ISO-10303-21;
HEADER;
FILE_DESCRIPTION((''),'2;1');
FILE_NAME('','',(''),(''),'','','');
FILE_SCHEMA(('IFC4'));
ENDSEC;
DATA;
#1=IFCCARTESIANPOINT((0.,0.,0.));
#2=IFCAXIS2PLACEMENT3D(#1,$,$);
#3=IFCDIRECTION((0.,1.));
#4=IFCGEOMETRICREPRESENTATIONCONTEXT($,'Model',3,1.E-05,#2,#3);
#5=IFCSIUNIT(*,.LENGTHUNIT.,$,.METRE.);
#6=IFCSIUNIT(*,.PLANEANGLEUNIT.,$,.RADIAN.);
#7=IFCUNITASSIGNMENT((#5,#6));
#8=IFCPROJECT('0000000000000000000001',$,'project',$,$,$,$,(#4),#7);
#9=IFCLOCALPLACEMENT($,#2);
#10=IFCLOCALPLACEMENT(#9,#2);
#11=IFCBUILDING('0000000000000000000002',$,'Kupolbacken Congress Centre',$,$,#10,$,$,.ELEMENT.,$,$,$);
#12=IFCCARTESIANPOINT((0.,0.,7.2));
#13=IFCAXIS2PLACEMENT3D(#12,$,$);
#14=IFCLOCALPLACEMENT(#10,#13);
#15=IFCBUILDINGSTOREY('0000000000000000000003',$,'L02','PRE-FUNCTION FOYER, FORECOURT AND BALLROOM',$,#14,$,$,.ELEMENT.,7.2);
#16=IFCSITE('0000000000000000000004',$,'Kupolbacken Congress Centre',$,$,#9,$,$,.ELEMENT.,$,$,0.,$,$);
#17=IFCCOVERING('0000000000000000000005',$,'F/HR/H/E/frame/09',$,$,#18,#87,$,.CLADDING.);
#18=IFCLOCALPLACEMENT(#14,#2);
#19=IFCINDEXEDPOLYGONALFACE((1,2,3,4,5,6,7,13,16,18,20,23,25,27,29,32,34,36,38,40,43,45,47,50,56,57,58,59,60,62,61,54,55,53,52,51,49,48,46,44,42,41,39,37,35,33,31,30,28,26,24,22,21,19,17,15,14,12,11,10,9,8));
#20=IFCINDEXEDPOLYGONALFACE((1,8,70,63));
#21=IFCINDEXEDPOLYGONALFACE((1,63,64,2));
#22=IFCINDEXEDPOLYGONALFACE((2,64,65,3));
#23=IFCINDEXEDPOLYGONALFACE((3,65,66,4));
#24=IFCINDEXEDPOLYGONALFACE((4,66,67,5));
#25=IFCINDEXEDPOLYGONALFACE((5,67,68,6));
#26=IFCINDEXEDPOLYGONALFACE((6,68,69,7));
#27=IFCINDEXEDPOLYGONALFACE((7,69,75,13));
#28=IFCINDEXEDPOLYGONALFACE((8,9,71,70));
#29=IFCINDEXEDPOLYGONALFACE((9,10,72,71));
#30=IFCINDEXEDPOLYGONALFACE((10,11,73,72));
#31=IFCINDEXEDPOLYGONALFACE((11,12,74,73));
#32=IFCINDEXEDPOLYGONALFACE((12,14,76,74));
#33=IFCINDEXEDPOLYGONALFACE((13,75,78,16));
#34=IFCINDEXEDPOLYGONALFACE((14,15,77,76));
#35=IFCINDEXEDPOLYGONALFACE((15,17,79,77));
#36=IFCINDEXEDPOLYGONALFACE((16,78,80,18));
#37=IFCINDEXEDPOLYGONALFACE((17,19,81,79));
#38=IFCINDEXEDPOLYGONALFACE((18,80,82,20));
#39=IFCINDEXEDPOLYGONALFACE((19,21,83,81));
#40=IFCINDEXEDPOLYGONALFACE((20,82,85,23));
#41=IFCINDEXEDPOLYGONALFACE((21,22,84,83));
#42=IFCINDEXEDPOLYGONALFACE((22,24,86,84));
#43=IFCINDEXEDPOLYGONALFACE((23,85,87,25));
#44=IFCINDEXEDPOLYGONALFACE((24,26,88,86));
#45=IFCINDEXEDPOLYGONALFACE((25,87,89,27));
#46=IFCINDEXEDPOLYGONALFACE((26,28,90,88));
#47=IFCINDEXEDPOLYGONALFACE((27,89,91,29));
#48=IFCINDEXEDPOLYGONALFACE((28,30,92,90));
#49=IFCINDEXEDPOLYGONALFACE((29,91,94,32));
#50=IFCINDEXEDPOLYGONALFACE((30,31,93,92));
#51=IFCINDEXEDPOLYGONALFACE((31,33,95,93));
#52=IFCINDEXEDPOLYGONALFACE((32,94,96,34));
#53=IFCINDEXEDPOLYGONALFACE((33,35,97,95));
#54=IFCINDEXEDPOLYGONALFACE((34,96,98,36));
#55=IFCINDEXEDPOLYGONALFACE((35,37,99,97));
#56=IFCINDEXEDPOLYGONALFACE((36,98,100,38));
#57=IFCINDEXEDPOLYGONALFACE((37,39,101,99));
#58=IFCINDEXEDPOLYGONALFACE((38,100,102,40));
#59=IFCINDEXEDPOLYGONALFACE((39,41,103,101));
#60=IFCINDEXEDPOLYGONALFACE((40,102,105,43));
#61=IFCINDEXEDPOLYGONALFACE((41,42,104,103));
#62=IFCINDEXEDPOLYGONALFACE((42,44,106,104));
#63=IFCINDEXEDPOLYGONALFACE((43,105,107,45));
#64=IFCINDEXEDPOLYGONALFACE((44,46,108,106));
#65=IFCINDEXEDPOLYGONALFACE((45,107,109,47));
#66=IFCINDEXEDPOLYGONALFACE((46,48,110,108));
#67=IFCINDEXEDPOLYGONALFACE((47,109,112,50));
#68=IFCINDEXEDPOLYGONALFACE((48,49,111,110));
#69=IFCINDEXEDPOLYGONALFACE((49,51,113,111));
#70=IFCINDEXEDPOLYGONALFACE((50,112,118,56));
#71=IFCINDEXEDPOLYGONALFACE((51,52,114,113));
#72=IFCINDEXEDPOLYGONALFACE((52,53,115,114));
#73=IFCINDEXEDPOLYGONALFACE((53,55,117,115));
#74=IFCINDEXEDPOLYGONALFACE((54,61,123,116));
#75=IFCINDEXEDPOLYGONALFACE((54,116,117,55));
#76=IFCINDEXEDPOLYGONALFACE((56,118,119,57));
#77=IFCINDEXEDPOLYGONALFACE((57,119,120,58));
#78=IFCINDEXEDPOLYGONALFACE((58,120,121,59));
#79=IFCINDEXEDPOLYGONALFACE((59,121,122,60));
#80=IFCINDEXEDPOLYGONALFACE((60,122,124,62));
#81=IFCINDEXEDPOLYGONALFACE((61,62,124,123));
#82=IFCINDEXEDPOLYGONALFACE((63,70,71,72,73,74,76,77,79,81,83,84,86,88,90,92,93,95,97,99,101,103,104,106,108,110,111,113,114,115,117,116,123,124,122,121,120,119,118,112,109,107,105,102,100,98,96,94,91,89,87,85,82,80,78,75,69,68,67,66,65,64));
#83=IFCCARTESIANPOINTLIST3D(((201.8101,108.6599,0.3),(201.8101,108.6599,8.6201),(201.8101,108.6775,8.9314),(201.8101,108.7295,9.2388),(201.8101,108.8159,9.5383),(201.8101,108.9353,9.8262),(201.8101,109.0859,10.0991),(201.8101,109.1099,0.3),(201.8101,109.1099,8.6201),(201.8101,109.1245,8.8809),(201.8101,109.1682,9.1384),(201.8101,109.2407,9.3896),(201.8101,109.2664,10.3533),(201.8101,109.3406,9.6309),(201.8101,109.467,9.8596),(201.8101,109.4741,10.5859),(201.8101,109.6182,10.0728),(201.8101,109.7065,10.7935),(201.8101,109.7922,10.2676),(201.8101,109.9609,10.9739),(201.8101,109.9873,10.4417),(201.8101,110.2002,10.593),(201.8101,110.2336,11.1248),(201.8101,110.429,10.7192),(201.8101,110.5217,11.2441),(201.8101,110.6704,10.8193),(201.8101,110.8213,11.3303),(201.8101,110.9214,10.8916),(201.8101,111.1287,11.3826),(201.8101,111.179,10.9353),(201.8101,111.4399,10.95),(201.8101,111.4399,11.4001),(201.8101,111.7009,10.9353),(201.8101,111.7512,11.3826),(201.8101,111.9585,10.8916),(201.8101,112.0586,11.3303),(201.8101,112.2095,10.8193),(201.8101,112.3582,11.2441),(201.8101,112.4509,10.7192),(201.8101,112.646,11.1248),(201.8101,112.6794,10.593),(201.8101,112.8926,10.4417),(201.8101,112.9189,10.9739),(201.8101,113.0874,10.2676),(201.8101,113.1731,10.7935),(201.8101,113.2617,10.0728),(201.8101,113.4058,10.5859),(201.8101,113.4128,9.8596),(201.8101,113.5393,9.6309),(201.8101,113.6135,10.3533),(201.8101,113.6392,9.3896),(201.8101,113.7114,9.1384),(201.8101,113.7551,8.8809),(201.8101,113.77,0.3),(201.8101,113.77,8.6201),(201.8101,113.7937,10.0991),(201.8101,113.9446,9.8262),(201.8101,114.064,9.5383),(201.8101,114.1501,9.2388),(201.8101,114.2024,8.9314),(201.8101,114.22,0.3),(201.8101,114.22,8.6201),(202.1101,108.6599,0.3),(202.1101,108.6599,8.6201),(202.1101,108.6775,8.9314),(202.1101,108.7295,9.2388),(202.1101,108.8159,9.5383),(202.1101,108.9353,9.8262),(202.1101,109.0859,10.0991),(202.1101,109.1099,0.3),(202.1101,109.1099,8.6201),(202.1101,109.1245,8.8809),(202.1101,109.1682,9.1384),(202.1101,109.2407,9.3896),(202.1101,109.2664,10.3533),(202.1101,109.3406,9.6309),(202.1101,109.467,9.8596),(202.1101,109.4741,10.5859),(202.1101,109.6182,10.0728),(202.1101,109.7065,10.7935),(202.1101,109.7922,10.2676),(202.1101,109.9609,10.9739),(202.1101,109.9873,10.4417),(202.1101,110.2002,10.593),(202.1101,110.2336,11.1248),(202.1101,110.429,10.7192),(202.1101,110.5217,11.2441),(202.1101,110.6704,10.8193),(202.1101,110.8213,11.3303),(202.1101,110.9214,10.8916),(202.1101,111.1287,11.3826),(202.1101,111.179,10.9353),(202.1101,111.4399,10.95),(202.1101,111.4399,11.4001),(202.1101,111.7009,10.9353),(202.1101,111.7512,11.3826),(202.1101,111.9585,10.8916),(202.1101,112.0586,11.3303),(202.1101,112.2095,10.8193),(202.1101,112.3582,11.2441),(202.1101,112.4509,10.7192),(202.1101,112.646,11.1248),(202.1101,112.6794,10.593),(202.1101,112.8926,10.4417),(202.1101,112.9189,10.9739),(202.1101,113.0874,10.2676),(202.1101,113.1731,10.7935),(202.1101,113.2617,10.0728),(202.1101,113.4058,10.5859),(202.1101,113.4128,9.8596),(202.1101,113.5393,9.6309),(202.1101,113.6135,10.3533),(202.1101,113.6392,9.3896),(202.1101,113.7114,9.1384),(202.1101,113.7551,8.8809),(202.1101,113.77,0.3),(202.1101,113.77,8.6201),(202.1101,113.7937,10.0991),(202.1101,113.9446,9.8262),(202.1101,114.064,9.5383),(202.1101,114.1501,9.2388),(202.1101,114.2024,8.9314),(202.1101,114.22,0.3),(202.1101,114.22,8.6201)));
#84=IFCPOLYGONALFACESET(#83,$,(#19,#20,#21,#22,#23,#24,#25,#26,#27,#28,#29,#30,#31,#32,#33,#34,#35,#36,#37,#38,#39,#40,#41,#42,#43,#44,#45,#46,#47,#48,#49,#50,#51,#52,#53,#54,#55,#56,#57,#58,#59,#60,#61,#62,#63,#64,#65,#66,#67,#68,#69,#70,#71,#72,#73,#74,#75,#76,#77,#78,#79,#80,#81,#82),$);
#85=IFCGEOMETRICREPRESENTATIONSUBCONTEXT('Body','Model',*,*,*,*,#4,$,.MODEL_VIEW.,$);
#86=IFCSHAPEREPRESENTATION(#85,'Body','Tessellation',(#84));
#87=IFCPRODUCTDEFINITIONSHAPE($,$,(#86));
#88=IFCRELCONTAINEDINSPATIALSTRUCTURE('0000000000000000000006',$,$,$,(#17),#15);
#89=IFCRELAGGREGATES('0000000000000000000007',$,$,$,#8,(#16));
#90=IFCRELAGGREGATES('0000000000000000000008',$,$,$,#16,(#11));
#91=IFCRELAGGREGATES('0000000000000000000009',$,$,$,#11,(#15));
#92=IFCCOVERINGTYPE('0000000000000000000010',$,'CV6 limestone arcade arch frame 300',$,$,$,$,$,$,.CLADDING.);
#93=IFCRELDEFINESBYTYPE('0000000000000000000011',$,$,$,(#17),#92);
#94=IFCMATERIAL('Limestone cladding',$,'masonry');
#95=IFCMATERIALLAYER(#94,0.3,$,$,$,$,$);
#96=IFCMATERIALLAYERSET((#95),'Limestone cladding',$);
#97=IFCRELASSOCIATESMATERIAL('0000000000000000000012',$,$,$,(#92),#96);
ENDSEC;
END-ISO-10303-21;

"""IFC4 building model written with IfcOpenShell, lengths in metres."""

from ifc_helpers import new_model, si_unit, direction, frame, origin, place, context, subcontext, project, spatial, polyline, outline, extrude, material, layer, layer_set, type_object, element, save


model = new_model("IFC4")

# Units and contexts
model_context = context("Model", 3, precision=1e-05, world=origin(), true_north=direction((0.0, 1.0)))
body_context = subcontext(model_context, "Body", "Model", "MODEL_VIEW")
ifc_project = project(units=[si_unit("LENGTHUNIT", "METRE"), si_unit("PLANEANGLEUNIT", "RADIAN")], contexts=[model_context])

# Site, building, storey
site_placement = place(None, origin())
site = spatial("IfcSite", under=ifc_project, at=site_placement, Name="Kupolbacken Congress Centre", CompositionType="ELEMENT", RefElevation=0.0)
building_placement = place(site_placement, origin())
building = spatial("IfcBuilding", under=site, at=building_placement, Name="Kupolbacken Congress Centre", CompositionType="ELEMENT")
storey_placement = place(building_placement, frame((0.0, 0.0, 7.2)))
storey = spatial("IfcBuildingStorey", under=building, at=storey_placement, Name="L02", Description="PRE-FUNCTION FOYER, FORECOURT AND BALLROOM", CompositionType="ELEMENT", Elevation=7.2)

# Covering
ifc_material_1 = material(Name="Limestone cladding", Category="masonry")
ifc_layer_1 = layer(ifc_material_1, 0.3)
ifc_layer_set_1 = layer_set([ifc_layer_1], Name="Limestone cladding")
covering_type_1 = type_object("IfcCoveringType", Name="CV6 limestone arcade arch frame 300", PredefinedType="CLADDING", material=ifc_layer_set_1)
covering_1_placement = place(storey_placement, frame((201.8101, 108.6599, 0.3), z_axis=(1.0, 0.0, 0.0), x_axis=(0.0, 1.0, 0.0)))
element("IfcCovering", 1, at=covering_1_placement, inside=storey, type_object=covering_type_1, Name="F/HR/H/E/frame/09", PredefinedType="CLADDING", context=body_context, shape_type="SweptSolid", body=[
    extrude(outline(polyline([(0.0, 0.0), (0.0, 8.3201), (0.0176, 8.6313), (0.0696, 8.9387), (0.156, 9.2383), (0.2754, 9.5261), (0.426, 9.7991), (0.6064, 10.0532), (0.8142, 10.2859), (1.0466, 10.4934), (1.301, 10.6738), (1.5737, 10.8247), (1.8618, 10.9441), (2.1614, 11.0303), (2.4688, 11.0825), (2.78, 11.1001), (3.0913, 11.0825), (3.3987, 11.0303), (3.6982, 10.9441), (3.9861, 10.8247), (4.259, 10.6738), (4.5132, 10.4934), (4.7458, 10.2859), (4.9536, 10.0532), (5.1338, 9.7991), (5.2847, 9.5261), (5.4041, 9.2383), (5.4902, 8.9387), (5.5425, 8.6313), (5.5601, 8.3201), (5.5601, 0.0), (5.1101, 0.0), (5.1101, 8.3201), (5.0952, 8.5808), (5.0515, 8.8384), (4.9792, 9.0896), (4.8794, 9.3308), (4.7529, 9.5596), (4.6018, 9.7727), (4.4275, 9.9675), (4.2327, 10.1416), (4.0195, 10.293), (3.791, 10.4192), (3.5496, 10.5193), (3.2986, 10.5916), (3.041, 10.6353), (2.78, 10.6499), (2.519, 10.6353), (2.2615, 10.5916), (2.0105, 10.5193), (1.769, 10.4192), (1.5403, 10.293), (1.3274, 10.1416), (1.1323, 9.9675), (0.9583, 9.7727), (0.8071, 9.5596), (0.6807, 9.3308), (0.5808, 9.0896), (0.5083, 8.8384), (0.4646, 8.5808), (0.45, 8.3201), (0.45, 0.0), (0.0, 0.0)])), origin(), (0.0, 0.0, 1.0), 0.3),
])

save(model, "model.ifc")
